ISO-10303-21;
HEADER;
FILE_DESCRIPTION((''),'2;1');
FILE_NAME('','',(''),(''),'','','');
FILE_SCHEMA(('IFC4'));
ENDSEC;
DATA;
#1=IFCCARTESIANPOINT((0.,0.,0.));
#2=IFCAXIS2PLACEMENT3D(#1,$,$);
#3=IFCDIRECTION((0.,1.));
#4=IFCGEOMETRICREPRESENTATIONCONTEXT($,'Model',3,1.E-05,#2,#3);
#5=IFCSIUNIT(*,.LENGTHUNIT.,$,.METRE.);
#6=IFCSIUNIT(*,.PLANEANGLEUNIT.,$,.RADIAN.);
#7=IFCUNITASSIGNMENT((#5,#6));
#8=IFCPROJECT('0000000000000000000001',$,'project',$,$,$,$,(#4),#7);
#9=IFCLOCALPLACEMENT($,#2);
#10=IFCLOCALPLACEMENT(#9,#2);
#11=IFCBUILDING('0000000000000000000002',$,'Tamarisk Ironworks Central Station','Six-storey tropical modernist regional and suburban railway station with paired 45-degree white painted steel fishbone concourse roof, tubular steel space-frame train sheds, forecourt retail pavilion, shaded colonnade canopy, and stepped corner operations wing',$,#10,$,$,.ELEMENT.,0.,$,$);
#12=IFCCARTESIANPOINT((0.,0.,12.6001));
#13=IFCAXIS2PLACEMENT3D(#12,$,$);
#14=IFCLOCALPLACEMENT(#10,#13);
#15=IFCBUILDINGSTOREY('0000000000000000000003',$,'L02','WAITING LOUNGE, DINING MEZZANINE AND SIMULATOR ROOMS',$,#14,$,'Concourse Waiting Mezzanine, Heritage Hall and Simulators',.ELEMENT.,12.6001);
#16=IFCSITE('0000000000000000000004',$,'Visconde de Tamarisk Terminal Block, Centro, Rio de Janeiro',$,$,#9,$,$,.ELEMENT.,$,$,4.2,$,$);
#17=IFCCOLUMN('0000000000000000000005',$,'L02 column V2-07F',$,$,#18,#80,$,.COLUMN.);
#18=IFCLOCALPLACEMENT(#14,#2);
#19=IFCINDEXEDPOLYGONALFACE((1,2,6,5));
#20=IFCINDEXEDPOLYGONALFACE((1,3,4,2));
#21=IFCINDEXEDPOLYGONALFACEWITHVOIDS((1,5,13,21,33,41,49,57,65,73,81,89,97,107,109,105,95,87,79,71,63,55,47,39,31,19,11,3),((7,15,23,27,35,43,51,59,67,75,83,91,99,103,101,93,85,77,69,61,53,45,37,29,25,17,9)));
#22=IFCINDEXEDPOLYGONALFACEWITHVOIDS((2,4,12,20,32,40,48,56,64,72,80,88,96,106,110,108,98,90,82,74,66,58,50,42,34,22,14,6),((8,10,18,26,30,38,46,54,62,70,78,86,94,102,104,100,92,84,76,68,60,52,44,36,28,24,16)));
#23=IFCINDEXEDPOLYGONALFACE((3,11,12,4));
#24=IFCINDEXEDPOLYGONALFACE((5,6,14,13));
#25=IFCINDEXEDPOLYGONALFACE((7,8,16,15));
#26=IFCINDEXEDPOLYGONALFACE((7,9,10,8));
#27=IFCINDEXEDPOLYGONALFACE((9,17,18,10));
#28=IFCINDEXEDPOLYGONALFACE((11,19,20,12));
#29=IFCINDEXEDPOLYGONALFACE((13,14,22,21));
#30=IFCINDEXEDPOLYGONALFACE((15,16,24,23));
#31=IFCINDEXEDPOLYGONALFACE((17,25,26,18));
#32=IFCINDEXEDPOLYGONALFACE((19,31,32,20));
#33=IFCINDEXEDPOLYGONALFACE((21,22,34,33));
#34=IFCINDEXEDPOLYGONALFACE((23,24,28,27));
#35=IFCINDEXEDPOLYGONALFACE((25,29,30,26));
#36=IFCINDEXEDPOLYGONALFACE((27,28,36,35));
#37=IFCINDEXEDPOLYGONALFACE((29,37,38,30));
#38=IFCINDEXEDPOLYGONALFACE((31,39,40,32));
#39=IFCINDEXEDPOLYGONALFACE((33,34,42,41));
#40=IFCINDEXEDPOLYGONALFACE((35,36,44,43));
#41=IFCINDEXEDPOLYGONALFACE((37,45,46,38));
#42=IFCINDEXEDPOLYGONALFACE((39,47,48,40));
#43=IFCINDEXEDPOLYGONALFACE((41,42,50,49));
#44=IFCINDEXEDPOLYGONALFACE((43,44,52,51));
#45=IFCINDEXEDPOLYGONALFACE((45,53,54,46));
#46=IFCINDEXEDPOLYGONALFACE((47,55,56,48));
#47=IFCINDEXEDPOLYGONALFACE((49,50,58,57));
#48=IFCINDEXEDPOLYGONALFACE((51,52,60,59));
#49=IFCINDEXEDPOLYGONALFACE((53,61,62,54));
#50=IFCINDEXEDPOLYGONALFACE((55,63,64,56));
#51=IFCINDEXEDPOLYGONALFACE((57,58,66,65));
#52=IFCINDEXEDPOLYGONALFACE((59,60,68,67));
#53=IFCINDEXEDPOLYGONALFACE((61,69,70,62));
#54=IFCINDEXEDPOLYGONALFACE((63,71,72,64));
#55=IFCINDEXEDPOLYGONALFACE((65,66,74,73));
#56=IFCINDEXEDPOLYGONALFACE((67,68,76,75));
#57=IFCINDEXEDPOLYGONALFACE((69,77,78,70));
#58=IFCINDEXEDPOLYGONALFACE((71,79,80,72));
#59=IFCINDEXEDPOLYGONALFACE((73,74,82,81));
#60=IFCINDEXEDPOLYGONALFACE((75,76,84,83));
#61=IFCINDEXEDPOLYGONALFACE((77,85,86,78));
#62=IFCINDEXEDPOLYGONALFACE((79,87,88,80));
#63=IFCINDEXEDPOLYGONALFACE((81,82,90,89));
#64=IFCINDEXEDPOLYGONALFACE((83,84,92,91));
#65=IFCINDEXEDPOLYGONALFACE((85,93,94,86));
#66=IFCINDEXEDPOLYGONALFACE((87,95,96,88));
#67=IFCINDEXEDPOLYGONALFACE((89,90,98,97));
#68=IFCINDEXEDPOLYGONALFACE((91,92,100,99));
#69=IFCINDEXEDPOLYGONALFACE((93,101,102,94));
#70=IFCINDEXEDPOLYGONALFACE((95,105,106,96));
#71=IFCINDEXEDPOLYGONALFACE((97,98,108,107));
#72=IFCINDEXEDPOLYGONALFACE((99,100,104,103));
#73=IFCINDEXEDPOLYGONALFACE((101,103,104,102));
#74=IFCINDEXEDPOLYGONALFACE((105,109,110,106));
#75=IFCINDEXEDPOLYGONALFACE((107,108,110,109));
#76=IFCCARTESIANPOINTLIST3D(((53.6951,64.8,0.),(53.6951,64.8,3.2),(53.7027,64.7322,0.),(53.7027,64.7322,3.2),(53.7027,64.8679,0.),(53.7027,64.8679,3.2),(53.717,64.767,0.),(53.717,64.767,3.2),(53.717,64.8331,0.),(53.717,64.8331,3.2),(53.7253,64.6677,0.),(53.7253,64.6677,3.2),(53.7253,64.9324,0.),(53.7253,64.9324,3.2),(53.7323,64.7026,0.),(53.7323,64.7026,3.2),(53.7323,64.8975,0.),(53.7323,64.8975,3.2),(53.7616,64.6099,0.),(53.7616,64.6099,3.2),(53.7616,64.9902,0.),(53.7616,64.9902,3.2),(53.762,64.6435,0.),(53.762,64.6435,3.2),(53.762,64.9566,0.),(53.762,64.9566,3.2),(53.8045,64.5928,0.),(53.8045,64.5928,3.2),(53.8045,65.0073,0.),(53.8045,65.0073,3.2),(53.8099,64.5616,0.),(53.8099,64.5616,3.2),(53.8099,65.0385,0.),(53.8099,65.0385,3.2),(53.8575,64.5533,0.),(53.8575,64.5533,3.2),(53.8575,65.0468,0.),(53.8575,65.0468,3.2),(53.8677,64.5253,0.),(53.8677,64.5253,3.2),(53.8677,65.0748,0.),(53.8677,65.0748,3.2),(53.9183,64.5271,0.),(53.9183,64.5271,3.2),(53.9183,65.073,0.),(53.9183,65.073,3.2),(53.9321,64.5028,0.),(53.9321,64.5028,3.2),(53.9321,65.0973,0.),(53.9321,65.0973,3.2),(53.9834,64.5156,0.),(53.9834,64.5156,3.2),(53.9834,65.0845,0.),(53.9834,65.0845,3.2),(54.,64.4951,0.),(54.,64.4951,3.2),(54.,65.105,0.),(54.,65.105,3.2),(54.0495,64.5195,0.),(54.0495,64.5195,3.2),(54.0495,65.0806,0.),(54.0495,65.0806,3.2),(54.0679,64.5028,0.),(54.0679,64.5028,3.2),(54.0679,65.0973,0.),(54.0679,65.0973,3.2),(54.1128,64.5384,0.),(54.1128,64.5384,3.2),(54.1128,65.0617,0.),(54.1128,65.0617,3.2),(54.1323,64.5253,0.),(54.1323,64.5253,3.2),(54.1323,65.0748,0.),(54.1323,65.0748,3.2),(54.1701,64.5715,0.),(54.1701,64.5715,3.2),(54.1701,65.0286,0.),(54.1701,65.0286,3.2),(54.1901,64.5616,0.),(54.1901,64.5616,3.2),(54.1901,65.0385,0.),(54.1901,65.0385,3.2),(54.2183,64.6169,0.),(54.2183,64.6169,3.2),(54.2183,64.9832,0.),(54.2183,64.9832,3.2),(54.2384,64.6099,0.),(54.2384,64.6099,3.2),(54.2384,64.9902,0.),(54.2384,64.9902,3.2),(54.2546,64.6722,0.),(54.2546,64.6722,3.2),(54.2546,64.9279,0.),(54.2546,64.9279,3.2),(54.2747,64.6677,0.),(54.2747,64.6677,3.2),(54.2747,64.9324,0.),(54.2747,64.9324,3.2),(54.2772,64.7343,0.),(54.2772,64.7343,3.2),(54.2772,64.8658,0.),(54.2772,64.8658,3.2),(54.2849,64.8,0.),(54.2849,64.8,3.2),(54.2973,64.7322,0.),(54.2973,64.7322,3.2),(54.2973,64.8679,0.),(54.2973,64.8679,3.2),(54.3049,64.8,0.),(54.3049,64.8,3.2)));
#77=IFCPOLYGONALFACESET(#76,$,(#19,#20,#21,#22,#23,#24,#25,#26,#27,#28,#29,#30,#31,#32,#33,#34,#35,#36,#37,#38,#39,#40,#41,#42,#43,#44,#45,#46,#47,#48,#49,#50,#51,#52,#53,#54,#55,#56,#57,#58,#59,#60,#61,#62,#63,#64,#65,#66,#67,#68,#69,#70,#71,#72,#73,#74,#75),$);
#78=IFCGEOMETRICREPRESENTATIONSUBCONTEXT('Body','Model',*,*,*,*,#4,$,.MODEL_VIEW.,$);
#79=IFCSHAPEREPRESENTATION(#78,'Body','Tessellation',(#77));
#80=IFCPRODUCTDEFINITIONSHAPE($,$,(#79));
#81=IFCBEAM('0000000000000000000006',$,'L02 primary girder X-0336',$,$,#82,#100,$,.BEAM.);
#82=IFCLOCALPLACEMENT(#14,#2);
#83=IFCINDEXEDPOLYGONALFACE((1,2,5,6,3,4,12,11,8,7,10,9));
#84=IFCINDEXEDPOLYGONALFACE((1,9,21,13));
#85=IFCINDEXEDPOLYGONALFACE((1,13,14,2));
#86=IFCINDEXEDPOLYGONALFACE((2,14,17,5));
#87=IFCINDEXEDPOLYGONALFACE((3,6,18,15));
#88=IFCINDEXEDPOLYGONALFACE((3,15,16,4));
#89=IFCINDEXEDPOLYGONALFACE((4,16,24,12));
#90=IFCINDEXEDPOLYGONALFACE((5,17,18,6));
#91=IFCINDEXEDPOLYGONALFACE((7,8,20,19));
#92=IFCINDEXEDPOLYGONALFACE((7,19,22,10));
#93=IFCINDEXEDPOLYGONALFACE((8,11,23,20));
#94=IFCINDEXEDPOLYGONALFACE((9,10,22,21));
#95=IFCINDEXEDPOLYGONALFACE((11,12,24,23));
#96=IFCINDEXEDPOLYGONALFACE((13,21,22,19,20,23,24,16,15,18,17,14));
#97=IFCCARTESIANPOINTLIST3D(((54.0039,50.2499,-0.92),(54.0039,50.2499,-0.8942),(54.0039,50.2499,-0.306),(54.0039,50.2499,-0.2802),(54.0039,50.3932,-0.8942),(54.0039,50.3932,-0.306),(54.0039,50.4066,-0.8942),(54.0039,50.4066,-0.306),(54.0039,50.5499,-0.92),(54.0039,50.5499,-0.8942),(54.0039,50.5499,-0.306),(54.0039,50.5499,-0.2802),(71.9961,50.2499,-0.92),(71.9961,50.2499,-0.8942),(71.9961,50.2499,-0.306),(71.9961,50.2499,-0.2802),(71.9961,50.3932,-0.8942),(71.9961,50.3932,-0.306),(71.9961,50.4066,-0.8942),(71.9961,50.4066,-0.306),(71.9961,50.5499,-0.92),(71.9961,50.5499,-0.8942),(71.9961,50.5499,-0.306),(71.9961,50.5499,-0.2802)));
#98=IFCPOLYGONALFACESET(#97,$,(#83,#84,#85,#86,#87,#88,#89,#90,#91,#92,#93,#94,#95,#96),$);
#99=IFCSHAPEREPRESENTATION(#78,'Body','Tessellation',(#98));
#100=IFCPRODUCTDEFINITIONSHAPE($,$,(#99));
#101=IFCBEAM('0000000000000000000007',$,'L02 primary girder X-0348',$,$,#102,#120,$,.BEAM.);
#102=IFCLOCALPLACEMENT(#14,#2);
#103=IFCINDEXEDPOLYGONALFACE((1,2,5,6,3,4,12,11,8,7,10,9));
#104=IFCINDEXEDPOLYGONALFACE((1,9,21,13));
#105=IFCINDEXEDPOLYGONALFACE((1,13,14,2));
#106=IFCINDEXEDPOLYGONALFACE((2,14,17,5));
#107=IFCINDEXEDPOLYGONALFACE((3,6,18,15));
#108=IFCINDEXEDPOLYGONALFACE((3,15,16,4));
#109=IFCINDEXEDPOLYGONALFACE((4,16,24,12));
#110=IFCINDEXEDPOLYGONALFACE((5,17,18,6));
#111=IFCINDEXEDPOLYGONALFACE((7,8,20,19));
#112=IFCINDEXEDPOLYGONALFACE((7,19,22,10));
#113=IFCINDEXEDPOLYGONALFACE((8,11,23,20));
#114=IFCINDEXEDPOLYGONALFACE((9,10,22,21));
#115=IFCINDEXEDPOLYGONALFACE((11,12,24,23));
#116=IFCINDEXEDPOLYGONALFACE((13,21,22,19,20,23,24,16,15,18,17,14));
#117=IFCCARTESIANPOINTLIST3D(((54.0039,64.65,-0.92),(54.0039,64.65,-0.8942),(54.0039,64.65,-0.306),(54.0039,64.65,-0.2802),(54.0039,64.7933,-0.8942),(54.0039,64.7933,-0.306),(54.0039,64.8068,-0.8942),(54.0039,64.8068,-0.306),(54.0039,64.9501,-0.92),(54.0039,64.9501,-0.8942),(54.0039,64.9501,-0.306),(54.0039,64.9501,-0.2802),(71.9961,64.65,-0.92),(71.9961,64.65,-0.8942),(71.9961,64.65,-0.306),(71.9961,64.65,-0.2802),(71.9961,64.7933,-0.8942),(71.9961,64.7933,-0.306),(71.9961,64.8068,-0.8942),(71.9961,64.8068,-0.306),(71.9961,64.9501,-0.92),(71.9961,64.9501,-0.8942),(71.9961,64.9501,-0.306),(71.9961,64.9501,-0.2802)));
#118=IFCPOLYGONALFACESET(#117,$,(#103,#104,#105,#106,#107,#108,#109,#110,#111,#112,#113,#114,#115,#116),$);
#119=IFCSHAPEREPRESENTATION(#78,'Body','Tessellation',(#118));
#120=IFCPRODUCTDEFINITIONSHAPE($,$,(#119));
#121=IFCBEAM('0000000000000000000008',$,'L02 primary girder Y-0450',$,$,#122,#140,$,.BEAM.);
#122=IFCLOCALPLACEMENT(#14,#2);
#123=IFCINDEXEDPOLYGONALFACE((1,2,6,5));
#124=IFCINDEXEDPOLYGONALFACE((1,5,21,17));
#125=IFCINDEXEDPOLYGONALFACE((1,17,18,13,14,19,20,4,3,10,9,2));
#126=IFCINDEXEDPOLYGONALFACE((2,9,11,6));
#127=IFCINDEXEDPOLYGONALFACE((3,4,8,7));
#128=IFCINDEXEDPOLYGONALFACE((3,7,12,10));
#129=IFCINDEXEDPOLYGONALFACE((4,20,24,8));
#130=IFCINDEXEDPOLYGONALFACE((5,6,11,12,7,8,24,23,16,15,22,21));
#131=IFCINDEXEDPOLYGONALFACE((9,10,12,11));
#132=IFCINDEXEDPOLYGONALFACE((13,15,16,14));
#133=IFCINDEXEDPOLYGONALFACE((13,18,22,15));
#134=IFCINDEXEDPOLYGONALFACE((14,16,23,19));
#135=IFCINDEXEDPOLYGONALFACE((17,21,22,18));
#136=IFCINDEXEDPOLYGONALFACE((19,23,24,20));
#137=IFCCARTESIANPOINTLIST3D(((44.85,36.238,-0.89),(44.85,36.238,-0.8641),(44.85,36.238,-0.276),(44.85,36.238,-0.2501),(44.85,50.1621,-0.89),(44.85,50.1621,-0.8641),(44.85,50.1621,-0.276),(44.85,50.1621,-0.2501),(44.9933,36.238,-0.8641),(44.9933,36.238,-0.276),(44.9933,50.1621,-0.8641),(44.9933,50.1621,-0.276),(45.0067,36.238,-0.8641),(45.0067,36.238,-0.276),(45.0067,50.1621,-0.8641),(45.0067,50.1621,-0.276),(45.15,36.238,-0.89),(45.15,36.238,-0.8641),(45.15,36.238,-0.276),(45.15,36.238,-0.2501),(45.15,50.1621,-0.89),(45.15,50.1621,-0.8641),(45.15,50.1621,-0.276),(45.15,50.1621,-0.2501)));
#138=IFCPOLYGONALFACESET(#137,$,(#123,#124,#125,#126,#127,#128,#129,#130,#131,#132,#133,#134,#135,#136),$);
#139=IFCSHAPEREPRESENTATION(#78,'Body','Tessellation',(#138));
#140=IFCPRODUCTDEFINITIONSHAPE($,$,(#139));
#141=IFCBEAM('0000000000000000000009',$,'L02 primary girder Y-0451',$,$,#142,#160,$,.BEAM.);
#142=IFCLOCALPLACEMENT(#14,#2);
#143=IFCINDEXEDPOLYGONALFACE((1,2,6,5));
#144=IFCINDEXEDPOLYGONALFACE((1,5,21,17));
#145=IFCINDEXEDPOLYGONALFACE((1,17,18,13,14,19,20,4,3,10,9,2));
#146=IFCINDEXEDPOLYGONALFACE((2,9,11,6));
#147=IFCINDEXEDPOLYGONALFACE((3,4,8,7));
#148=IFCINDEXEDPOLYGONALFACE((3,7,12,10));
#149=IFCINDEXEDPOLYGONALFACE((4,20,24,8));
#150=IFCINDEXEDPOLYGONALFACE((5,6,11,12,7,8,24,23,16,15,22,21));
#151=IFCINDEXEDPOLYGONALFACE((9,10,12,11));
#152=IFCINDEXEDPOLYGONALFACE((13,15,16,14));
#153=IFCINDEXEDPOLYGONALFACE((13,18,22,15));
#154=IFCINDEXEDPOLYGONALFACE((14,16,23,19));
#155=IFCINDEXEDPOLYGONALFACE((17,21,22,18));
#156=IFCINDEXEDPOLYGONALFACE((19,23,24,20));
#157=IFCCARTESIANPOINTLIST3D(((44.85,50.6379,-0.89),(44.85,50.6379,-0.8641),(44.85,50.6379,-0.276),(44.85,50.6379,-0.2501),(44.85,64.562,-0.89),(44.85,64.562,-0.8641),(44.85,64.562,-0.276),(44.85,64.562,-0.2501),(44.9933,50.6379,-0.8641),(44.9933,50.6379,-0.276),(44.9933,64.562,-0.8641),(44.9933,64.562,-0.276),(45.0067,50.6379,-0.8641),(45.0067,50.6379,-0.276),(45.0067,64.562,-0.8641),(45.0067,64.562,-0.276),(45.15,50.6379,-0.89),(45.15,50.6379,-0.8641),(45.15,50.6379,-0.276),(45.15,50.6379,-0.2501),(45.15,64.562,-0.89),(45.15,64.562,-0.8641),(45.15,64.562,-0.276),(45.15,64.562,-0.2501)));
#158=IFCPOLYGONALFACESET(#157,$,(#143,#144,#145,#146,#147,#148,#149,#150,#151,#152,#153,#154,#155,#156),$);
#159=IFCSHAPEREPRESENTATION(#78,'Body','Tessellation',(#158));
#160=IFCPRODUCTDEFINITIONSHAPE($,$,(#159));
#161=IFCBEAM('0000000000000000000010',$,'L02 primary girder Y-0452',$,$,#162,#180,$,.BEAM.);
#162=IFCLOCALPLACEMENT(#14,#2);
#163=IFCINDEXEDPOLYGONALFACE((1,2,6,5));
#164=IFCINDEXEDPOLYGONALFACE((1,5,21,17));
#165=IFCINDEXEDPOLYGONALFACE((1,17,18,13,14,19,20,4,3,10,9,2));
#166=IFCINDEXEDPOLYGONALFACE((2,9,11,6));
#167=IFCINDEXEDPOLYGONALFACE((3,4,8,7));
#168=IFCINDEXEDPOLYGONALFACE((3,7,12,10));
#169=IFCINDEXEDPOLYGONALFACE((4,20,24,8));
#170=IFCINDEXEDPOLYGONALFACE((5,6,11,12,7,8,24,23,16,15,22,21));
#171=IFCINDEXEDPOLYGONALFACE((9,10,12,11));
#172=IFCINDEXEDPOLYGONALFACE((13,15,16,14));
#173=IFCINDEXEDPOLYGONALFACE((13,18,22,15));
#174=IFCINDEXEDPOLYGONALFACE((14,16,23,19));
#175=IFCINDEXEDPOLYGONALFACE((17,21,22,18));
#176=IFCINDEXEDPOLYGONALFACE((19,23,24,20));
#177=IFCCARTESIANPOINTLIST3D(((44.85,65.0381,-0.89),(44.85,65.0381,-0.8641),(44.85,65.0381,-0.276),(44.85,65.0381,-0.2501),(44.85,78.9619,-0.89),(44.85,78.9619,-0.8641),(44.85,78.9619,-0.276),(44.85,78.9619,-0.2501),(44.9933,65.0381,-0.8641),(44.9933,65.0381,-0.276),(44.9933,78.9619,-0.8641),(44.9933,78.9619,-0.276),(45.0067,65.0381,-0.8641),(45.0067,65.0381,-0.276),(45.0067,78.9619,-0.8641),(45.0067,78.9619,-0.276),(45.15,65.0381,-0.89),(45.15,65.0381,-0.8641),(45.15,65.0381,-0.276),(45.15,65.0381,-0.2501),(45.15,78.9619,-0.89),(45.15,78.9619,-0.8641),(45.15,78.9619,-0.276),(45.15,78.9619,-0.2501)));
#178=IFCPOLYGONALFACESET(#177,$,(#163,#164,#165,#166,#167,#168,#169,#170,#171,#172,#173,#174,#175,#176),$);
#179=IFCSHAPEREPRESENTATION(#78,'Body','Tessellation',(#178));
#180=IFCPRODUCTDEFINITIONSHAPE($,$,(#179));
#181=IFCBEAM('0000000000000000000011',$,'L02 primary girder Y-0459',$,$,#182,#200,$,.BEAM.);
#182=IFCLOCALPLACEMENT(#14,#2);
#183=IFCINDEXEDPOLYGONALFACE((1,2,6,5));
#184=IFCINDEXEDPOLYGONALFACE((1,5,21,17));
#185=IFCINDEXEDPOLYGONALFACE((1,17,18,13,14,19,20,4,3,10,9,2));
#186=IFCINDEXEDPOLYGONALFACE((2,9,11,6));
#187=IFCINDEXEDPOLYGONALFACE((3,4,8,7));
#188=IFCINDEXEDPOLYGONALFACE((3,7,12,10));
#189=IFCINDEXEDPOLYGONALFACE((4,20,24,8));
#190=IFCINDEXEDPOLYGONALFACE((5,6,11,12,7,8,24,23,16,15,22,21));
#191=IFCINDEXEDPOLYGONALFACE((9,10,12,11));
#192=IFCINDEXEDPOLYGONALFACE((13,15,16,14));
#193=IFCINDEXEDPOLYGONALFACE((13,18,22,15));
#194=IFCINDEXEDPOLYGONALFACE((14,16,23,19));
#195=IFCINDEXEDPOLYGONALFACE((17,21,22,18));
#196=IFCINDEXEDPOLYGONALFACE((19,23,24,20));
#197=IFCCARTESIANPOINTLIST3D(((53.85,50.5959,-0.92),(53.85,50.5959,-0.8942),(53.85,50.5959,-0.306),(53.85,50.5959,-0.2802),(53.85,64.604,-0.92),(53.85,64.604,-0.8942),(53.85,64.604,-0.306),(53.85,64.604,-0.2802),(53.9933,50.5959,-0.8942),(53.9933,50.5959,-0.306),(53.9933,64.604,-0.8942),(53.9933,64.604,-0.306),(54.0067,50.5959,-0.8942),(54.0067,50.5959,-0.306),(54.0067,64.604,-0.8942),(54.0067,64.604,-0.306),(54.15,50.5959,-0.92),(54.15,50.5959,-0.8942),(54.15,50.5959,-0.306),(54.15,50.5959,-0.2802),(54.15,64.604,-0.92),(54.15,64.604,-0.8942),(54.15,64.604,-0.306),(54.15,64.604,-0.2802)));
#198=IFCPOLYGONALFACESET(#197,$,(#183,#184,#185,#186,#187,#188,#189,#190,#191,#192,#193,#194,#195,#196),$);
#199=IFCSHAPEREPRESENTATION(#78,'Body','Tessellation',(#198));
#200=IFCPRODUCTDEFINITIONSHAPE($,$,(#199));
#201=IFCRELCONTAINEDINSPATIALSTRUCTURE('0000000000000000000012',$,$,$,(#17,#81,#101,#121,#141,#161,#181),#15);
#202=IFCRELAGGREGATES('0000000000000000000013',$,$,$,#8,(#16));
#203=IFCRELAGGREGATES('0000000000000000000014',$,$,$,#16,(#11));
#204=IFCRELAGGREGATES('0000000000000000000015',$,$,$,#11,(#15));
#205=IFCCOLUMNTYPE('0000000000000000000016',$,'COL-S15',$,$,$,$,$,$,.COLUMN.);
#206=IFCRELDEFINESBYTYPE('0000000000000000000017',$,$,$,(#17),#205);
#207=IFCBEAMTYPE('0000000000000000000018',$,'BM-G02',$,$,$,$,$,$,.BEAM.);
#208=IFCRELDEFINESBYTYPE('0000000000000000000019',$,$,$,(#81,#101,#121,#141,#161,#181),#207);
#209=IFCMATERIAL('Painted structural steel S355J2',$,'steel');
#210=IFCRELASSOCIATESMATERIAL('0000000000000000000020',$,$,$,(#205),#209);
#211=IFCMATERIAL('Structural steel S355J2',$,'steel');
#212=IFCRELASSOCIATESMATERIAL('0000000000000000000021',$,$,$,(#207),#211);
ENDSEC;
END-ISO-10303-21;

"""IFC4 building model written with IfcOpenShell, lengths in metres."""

from ifc_helpers import new_model, si_unit, direction, frame, origin, origin_2d, place, context, subcontext, project, spatial, hollow_circle, i_section, extrude, material, material_profile, profile_set, type_object, element, save


model = new_model("IFC4")

# Units and contexts
model_context = context("Model", 3, precision=1e-05, world=origin(), true_north=direction((0.0, 1.0)))
body_context = subcontext(model_context, "Body", "Model", "MODEL_VIEW")
ifc_project = project(units=[si_unit("LENGTHUNIT", "METRE"), si_unit("PLANEANGLEUNIT", "RADIAN")], contexts=[model_context])

# Site, building, storey
site_placement = place(None, origin())
site = spatial("IfcSite", under=ifc_project, at=site_placement, Name="Visconde de Tamarisk Terminal Block, Centro, Rio de Janeiro", CompositionType="ELEMENT", RefElevation=4.2)
building_placement = place(site_placement, origin())
building = spatial("IfcBuilding", under=site, at=building_placement, Name="Tamarisk Ironworks Central Station", Description="Six-storey tropical modernist regional and suburban railway station with paired 45-degree white painted steel fishbone concourse roof, tubular steel space-frame train sheds, forecourt retail pavilion, shaded colonnade canopy, and stepped corner operations wing", CompositionType="ELEMENT", ElevationOfRefHeight=0.0)
storey_placement = place(building_placement, frame((0.0, 0.0, 12.6001)))
storey = spatial("IfcBuildingStorey", under=building, at=storey_placement, Name="L02", Description="WAITING LOUNGE, DINING MEZZANINE AND SIMULATOR ROOMS", LongName="Concourse Waiting Mezzanine, Heritage Hall and Simulators", CompositionType="ELEMENT", Elevation=12.6001)

# Column
ifc_material_1 = material(Name="Structural steel S355J2", Category="steel")
ifc_material_2 = material(Name="Painted structural steel S355J2", Category="steel")
ifc_material_profile_1 = material_profile(ifc_material_2, hollow_circle(Radius=0.3049, WallThickness=0.02, at=origin_2d()), Name="CHS 610x20")
ifc_profile_set_1 = profile_set([ifc_material_profile_1], Name="Painted structural steel S355J2")
column_type_1 = type_object("IfcColumnType", Name="COL-S15", PredefinedType="COLUMN", material=ifc_profile_set_1)
for number, where, z_axis, x_axis, name in (
    (1, (54.0, 64.8, 0.0), (0.0, 0.0, 1.0), (1.0, 0.0, 0.0), "L02 column V2-07F"),
):
    element("IfcColumn", number, at=place(storey_placement, frame(where, z_axis=z_axis, x_axis=x_axis)), inside=storey, type_object=column_type_1, Name=name, PredefinedType="COLUMN", context=body_context, shape_type="SweptSolid", body=[
        extrude(hollow_circle(Radius=0.3049, WallThickness=0.02, at=origin_2d()), origin(), (0.0, 0.0, 1.0), 3.2),
    ])

# Beams
ifc_material_profile_2 = material_profile(ifc_material_1, i_section(OverallWidth=0.3, OverallDepth=0.6399, WebThickness=0.0134, FlangeThickness=0.0259, at=origin_2d()), Name="HEA 650")
ifc_profile_set_2 = profile_set([ifc_material_profile_2], Name="Structural steel S355J2")
beam_type = type_object("IfcBeamType", Name="BM-G02", PredefinedType="BEAM", material=ifc_profile_set_2)
for number, where, z_axis, x_axis, name in (
    (2, (54.0039, 50.3999, -0.6001), (1.0, 0.0, 0.0), (0.0, 1.0, 0.0), "L02 primary girder X-0336"),
    (3, (54.0039, 64.8, -0.6001), (1.0, 0.0, 0.0), (0.0, 1.0, 0.0), "L02 primary girder X-0348"),
):
    element("IfcBeam", number, at=place(storey_placement, frame(where, z_axis=z_axis, x_axis=x_axis)), inside=storey, type_object=beam_type, Name=name, PredefinedType="BEAM", context=body_context, shape_type="SweptSolid", body=[
        extrude(i_section(OverallWidth=0.3, OverallDepth=0.6399, WebThickness=0.0134, FlangeThickness=0.0259, at=origin_2d()), origin(), (0.0, 0.0, 1.0), 17.9922),
    ])
for number, where, z_axis, x_axis, name in (
    (4, (45.0, 36.238, -0.5701), (0.0, 1.0, 0.0), (-1.0, 0.0, 0.0), "L02 primary girder Y-0450"),
    (5, (45.0, 50.6379, -0.5701), (0.0, 1.0, 0.0), (-1.0, 0.0, 0.0), "L02 primary girder Y-0451"),
):
    element("IfcBeam", number, at=place(storey_placement, frame(where, z_axis=z_axis, x_axis=x_axis)), inside=storey, type_object=beam_type, Name=name, PredefinedType="BEAM", context=body_context, shape_type="SweptSolid", body=[
        extrude(i_section(OverallWidth=0.3, OverallDepth=0.6399, WebThickness=0.0134, FlangeThickness=0.0259, at=origin_2d()), origin(), (0.0, 0.0, 1.0), 13.9241),
    ])
beam_1_placement = place(storey_placement, frame((45.0, 65.0381, -0.5701), z_axis=(0.0, 1.0, 0.0), x_axis=(-1.0, 0.0, 0.0)))
element("IfcBeam", 6, at=beam_1_placement, inside=storey, type_object=beam_type, Name="L02 primary girder Y-0452", PredefinedType="BEAM", context=body_context, shape_type="SweptSolid", body=[
    extrude(i_section(OverallWidth=0.3, OverallDepth=0.6399, WebThickness=0.0134, FlangeThickness=0.0259, at=origin_2d()), origin(), (0.0, 0.0, 1.0), 13.9238),
])
beam_2_placement = place(storey_placement, frame((54.0, 50.5959, -0.6001), z_axis=(0.0, 1.0, 0.0), x_axis=(-1.0, 0.0, 0.0)))
element("IfcBeam", 7, at=beam_2_placement, inside=storey, type_object=beam_type, Name="L02 primary girder Y-0459", PredefinedType="BEAM", context=body_context, shape_type="SweptSolid", body=[
    extrude(i_section(OverallWidth=0.3, OverallDepth=0.6399, WebThickness=0.0134, FlangeThickness=0.0259, at=origin_2d()), origin(), (0.0, 0.0, 1.0), 14.0081),
])

save(model, "model.ifc")
